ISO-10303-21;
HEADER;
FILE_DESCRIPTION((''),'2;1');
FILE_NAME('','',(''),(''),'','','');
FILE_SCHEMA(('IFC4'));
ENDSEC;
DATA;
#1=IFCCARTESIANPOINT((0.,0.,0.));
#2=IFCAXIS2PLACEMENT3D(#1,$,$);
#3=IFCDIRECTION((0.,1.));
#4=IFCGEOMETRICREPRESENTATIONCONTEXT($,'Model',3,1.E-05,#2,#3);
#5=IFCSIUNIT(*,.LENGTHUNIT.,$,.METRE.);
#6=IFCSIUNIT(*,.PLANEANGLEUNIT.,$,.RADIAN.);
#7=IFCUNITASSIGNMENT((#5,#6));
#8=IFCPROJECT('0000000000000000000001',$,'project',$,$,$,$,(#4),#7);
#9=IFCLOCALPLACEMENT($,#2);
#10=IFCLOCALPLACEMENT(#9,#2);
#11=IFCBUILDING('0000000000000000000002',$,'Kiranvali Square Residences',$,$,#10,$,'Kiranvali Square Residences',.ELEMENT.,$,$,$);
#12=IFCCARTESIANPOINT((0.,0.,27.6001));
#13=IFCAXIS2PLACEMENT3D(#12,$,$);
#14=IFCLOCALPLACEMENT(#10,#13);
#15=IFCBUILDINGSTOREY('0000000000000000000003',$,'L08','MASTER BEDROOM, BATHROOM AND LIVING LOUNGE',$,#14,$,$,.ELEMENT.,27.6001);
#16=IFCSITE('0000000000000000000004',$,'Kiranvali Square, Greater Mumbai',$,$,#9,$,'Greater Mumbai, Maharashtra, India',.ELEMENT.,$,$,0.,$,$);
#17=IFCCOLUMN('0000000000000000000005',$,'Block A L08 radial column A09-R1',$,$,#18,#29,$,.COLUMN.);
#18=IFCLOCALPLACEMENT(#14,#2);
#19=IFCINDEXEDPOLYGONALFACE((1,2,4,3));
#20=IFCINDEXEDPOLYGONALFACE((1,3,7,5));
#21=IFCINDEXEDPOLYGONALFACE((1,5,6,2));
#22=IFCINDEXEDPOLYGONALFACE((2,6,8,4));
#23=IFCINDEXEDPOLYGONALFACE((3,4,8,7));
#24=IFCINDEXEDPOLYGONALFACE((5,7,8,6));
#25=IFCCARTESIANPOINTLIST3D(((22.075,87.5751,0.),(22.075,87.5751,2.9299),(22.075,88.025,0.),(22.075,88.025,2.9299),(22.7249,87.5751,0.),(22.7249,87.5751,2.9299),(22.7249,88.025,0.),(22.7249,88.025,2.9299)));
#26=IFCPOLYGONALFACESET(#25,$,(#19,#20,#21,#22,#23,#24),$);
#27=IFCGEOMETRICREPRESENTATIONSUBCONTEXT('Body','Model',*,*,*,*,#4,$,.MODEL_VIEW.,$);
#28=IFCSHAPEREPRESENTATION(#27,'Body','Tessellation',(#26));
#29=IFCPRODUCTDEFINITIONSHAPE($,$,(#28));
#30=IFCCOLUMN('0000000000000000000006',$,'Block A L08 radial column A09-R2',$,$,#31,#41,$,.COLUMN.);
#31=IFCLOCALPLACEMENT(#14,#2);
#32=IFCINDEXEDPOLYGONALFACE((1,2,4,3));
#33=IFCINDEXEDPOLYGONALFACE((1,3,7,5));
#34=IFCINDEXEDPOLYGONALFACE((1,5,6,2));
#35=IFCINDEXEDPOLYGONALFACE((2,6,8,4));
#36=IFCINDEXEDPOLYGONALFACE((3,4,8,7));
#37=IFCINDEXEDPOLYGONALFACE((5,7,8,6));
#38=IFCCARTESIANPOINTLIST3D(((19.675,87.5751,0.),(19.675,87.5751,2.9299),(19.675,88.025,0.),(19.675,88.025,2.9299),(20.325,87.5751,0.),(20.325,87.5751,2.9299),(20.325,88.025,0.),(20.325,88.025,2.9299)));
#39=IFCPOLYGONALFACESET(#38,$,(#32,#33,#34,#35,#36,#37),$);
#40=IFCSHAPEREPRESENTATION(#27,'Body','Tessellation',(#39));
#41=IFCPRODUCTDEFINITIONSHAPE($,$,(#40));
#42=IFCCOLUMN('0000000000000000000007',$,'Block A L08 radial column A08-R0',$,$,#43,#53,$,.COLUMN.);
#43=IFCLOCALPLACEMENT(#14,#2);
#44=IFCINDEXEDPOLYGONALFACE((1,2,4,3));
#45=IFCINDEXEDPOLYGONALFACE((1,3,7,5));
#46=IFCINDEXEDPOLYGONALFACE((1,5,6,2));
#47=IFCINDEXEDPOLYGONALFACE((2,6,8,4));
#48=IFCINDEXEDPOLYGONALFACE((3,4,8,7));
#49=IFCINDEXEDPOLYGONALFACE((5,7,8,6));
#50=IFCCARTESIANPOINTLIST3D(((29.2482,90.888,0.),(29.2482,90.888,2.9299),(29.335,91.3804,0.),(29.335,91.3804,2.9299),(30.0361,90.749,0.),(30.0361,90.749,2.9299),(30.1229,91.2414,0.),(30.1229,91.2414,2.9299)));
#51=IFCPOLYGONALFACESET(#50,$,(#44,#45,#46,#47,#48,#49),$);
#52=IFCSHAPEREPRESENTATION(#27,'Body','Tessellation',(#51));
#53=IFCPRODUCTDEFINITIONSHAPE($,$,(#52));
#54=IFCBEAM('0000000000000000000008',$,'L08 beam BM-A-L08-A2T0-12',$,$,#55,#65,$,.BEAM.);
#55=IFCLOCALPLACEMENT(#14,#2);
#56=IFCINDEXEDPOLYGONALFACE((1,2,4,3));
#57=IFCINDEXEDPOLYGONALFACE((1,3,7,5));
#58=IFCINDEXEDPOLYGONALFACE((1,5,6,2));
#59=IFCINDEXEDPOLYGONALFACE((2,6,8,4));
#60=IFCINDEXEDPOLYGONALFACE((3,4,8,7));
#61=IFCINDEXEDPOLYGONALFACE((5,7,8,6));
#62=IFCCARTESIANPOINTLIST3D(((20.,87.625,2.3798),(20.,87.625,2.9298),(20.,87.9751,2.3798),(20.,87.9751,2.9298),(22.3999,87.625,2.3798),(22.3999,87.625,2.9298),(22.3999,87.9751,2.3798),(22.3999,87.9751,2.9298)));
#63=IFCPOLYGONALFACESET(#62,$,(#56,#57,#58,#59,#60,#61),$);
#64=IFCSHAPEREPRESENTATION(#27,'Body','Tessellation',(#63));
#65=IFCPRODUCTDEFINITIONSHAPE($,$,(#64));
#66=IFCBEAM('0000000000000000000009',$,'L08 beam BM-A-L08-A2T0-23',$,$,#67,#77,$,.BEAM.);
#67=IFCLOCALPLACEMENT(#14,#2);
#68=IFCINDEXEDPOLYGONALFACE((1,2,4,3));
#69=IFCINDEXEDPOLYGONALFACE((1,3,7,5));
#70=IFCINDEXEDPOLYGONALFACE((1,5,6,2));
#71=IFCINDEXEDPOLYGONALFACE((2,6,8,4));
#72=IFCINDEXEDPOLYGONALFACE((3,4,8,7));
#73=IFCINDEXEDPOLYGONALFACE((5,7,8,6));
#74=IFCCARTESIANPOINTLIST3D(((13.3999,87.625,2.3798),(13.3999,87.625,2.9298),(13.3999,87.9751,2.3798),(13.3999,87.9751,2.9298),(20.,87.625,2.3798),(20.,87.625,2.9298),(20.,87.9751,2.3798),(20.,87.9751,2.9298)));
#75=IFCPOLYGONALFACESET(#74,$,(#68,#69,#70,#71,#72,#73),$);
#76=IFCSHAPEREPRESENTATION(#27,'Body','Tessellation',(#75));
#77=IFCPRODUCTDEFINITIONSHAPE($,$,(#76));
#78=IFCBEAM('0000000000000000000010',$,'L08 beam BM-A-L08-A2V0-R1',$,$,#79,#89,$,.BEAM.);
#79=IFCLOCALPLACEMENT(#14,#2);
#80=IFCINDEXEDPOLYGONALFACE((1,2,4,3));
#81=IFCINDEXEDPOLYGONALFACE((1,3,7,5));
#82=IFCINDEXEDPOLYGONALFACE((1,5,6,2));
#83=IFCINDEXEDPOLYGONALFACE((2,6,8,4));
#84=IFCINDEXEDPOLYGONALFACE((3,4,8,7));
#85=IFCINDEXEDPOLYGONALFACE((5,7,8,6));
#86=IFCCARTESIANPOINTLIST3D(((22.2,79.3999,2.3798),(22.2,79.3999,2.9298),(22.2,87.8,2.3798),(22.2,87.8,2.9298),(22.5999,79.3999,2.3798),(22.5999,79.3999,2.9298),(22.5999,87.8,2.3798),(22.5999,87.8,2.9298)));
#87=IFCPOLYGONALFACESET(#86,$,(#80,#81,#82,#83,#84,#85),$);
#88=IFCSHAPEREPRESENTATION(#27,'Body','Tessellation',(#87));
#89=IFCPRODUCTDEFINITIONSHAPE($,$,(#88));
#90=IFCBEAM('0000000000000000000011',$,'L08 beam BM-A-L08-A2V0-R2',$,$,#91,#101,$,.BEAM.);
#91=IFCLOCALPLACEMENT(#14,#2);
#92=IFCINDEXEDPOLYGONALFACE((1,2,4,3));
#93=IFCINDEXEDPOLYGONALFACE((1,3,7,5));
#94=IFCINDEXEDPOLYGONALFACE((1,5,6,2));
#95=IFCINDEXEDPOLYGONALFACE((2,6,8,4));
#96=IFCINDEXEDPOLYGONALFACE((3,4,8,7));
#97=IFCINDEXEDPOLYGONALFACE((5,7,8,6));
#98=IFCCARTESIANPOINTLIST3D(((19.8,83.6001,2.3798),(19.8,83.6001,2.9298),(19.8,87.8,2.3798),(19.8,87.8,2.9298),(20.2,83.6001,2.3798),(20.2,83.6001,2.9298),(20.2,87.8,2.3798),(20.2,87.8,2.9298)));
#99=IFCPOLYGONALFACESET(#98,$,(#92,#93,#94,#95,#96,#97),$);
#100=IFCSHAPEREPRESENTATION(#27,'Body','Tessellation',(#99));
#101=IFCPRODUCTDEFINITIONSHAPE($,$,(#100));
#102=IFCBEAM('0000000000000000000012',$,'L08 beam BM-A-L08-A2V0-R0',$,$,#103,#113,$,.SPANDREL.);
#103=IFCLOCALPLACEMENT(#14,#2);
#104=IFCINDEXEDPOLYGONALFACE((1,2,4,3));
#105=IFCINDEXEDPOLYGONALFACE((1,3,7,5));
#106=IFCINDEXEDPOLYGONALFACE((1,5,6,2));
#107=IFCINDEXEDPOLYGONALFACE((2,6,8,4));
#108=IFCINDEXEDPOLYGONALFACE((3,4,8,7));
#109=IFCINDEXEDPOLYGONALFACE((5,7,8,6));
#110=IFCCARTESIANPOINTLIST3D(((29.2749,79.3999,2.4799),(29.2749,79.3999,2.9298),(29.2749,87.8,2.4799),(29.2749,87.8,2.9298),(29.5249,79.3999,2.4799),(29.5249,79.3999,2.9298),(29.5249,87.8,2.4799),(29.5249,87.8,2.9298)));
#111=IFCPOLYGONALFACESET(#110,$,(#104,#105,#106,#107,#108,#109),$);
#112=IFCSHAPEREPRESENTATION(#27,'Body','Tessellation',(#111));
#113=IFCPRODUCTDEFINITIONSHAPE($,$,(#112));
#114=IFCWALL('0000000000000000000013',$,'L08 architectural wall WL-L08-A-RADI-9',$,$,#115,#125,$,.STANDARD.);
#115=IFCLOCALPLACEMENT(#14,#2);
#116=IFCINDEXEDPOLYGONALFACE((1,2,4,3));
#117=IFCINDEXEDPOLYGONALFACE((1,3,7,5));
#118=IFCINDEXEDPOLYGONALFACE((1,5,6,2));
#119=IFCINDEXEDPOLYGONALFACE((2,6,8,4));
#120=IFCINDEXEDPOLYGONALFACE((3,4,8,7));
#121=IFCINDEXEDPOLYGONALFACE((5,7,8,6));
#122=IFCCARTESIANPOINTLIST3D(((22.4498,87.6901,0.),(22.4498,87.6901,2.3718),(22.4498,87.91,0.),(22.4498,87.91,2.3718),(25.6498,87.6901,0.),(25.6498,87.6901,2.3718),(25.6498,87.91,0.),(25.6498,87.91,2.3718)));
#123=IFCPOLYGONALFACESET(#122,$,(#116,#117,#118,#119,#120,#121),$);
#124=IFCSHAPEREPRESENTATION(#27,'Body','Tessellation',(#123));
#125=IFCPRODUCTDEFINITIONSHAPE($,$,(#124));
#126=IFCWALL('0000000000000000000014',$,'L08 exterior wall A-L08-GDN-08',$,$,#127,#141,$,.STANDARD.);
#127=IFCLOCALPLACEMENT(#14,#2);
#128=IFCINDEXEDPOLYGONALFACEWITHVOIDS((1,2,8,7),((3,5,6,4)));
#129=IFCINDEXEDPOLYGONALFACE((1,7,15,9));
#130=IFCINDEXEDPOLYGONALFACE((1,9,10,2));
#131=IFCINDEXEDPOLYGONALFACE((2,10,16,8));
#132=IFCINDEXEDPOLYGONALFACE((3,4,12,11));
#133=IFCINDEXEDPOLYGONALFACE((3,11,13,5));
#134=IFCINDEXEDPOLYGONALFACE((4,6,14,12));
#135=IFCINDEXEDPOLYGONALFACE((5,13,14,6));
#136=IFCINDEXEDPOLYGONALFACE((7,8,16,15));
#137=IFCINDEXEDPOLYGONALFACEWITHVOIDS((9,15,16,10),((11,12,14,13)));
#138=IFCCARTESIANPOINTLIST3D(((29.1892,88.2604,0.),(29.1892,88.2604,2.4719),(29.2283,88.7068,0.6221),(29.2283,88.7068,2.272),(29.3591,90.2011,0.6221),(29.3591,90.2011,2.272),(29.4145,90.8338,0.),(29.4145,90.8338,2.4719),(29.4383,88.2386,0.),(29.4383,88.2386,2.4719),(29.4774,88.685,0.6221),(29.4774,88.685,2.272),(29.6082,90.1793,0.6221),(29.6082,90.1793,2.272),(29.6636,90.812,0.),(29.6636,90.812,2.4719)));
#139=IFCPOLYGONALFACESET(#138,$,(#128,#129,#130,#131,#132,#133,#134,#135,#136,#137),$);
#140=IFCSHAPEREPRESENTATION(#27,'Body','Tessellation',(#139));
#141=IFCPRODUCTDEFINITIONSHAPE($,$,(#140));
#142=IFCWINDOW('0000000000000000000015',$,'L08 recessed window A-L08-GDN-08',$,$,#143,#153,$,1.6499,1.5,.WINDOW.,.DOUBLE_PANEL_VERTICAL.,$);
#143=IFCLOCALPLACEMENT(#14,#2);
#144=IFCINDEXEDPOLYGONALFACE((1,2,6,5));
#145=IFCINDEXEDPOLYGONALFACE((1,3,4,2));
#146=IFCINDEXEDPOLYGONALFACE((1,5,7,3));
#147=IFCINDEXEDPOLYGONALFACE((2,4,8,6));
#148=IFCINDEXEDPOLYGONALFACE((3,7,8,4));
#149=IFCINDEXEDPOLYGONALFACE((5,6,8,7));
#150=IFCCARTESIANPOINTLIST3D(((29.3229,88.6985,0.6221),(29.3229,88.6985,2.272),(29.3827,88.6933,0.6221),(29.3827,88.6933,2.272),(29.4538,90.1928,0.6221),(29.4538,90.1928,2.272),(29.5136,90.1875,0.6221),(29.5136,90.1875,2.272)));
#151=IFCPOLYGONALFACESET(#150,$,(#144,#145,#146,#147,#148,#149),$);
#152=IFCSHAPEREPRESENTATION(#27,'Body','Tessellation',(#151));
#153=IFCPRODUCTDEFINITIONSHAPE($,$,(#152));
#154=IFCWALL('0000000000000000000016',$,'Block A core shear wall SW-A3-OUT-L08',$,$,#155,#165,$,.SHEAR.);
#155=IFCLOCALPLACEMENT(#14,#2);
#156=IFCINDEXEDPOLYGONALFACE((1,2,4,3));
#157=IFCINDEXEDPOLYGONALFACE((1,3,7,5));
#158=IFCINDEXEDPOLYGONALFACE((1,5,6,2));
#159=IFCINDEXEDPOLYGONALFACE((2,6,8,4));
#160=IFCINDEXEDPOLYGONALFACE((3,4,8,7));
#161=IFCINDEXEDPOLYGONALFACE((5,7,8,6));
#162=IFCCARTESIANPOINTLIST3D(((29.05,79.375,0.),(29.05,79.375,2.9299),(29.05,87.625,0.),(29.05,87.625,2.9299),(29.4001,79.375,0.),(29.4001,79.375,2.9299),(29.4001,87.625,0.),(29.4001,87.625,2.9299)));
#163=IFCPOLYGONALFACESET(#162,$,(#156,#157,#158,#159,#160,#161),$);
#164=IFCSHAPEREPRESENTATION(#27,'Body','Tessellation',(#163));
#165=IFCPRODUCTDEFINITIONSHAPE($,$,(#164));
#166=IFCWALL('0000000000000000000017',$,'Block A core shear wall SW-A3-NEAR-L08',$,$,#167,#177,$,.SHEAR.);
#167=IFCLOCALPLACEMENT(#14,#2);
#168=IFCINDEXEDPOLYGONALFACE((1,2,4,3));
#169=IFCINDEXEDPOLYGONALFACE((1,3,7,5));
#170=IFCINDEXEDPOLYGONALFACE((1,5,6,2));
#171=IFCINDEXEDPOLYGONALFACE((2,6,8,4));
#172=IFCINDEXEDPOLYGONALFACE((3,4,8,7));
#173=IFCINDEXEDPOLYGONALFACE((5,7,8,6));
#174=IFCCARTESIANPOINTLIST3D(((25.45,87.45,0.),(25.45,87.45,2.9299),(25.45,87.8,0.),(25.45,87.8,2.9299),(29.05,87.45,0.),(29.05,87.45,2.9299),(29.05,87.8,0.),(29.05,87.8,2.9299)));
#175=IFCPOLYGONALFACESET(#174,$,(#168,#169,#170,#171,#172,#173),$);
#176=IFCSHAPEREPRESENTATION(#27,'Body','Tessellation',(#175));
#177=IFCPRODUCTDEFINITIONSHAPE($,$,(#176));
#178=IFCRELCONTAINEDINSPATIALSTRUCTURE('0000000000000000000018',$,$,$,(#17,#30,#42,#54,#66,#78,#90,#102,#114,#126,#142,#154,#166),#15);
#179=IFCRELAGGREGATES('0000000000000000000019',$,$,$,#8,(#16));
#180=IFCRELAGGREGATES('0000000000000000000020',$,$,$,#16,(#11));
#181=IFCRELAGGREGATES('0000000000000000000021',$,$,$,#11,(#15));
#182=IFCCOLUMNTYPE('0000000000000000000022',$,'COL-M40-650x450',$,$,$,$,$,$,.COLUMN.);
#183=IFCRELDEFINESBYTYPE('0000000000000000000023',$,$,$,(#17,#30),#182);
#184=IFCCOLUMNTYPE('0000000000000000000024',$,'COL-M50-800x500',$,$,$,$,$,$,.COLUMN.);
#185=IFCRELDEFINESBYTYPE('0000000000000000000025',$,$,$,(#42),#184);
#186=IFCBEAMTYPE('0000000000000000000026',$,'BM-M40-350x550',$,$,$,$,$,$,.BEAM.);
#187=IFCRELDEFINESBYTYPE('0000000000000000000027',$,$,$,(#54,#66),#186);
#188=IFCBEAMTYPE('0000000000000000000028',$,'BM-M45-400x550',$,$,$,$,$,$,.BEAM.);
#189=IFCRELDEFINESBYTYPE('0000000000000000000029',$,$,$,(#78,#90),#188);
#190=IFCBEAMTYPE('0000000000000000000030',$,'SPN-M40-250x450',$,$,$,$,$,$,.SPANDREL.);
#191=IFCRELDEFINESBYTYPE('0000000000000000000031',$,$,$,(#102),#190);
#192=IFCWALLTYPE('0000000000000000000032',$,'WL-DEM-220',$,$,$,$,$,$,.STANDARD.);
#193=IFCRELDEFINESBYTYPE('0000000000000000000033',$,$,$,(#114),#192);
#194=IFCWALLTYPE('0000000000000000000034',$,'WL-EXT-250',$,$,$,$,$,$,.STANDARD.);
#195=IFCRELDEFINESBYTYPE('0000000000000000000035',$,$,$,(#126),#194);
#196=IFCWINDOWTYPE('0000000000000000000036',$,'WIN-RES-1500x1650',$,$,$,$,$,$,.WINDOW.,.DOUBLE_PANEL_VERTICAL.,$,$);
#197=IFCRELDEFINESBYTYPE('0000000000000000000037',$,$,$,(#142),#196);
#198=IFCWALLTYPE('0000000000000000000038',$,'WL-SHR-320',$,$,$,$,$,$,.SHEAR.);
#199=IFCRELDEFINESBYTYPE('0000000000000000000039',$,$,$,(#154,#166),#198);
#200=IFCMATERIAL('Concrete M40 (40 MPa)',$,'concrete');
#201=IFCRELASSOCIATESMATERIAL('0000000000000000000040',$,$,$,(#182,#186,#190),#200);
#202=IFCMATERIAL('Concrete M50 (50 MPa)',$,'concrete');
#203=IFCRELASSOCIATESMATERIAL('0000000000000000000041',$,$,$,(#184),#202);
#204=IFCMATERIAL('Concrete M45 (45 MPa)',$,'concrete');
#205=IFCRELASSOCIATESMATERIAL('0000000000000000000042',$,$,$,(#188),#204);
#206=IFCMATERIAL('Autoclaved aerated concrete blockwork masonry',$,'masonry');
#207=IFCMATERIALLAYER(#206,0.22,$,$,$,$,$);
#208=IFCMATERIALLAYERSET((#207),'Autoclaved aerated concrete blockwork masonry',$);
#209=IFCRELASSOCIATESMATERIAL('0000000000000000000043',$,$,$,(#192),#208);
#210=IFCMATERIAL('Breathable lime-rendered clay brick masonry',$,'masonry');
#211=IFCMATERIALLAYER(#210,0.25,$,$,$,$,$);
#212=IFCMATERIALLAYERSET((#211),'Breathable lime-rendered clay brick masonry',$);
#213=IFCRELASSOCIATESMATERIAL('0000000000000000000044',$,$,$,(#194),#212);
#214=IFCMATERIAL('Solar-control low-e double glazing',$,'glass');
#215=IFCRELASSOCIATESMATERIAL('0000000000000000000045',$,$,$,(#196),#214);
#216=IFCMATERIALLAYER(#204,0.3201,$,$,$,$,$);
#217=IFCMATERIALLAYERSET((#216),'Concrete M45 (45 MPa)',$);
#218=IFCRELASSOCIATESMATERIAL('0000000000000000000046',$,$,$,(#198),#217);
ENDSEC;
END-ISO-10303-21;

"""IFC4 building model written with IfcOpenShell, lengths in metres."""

from ifc_helpers import new_model, si_unit, direction, frame, frame_2d, origin, origin_2d, place, context, subcontext, project, spatial, rectangle, extrude, material, layer, layer_set, material_profile, profile_set, type_object, element, fill, save


model = new_model("IFC4")

# Units and contexts
model_context = context("Model", 3, precision=1e-05, world=origin(), true_north=direction((0.0, 1.0)))
body_context = subcontext(model_context, "Body", "Model", "MODEL_VIEW")
ifc_project = project(units=[si_unit("LENGTHUNIT", "METRE"), si_unit("PLANEANGLEUNIT", "RADIAN")], contexts=[model_context])

# Site, building, storey
site_placement = place(None, origin())
site = spatial("IfcSite", under=ifc_project, at=site_placement, Name="Kiranvali Square, Greater Mumbai", LongName="Greater Mumbai, Maharashtra, India", CompositionType="ELEMENT", RefElevation=0.0)
building_placement = place(site_placement, origin())
building = spatial("IfcBuilding", under=site, at=building_placement, Name="Kiranvali Square Residences", LongName="Kiranvali Square Residences", CompositionType="ELEMENT")
storey_placement = place(building_placement, frame((0.0, 0.0, 27.6001)))
storey = spatial("IfcBuildingStorey", under=building, at=storey_placement, Name="L08", Description="MASTER BEDROOM, BATHROOM AND LIVING LOUNGE", CompositionType="ELEMENT", Elevation=27.6001)

# Columns
ifc_material_1 = material(Name="Concrete M40 (40 MPa)", Category="concrete")
ifc_material_profile_1 = material_profile(ifc_material_1, rectangle(XDim=0.45, YDim=0.6499, at=origin_2d()), Name="RC 650x450")
ifc_profile_set_1 = profile_set([ifc_material_profile_1], Name="Concrete M40 (40 MPa)")
column_type_1 = type_object("IfcColumnType", Name="COL-M40-650x450", PredefinedType="COLUMN", material=ifc_profile_set_1)
for number, where, z_axis, x_axis, name in (
    (1, (22.3999, 87.8, 0.0), (0.0, 0.0, 1.0), (0.0, 1.0, 0.0), "Block A L08 radial column A09-R1"),
    (2, (20.0, 87.8, 0.0), (0.0, 0.0, 1.0), (0.0, 1.0, 0.0), "Block A L08 radial column A09-R2"),
):
    element("IfcColumn", number, at=place(storey_placement, frame(where, z_axis=z_axis, x_axis=x_axis)), inside=storey, type_object=column_type_1, Name=name, PredefinedType="COLUMN", context=body_context, shape_type="SweptSolid", body=[
        extrude(rectangle(XDim=0.45, YDim=0.6499, at=origin_2d()), origin(), (0.0, 0.0, 1.0), 2.9299),
    ])
ifc_material_2 = material(Name="Concrete M50 (50 MPa)", Category="concrete")
ifc_material_profile_2 = material_profile(ifc_material_2, rectangle(XDim=0.5, YDim=0.8, at=origin_2d()), Name="RC 800x500")
ifc_profile_set_2 = profile_set([ifc_material_profile_2], Name="Concrete M50 (50 MPa)")
column_type_2 = type_object("IfcColumnType", Name="COL-M50-800x500", PredefinedType="COLUMN", material=ifc_profile_set_2)
column_placement = place(storey_placement, frame((29.6855, 91.0647, 0.0), z_axis=(0.0, 0.0, 1.0), x_axis=(0.173648, 0.984808, 0.0)))
element("IfcColumn", 3, at=column_placement, inside=storey, type_object=column_type_2, Name="Block A L08 radial column A08-R0", PredefinedType="COLUMN", context=body_context, shape_type="SweptSolid", body=[
    extrude(rectangle(XDim=0.5, YDim=0.8, at=origin_2d()), origin(), (0.0, 0.0, 1.0), 2.9299),
])

# Beams
ifc_material_profile_3 = material_profile(ifc_material_1, rectangle(XDim=0.3501, YDim=0.55, at=origin_2d()), Name="RC 350x550")
ifc_profile_set_3 = profile_set([ifc_material_profile_3], Name="Concrete M40 (40 MPa)")
beam_type_1 = type_object("IfcBeamType", Name="BM-M40-350x550", PredefinedType="BEAM", material=ifc_profile_set_3)
beam_1_placement = place(storey_placement, frame((22.3999, 87.8, 2.6548), z_axis=(-1.0, 0.0, 0.0), x_axis=(0.0, -1.0, 0.0)))
element("IfcBeam", 4, at=beam_1_placement, inside=storey, type_object=beam_type_1, Name="L08 beam BM-A-L08-A2T0-12", PredefinedType="BEAM", context=body_context, shape_type="SweptSolid", body=[
    extrude(rectangle(XDim=0.3501, YDim=0.55, at=origin_2d()), origin(), (0.0, 0.0, 1.0), 2.3999),
])
beam_2_placement = place(storey_placement, frame((20.0, 87.8, 2.6548), z_axis=(-1.0, 0.0, 0.0), x_axis=(0.0, -1.0, 0.0)))
element("IfcBeam", 5, at=beam_2_placement, inside=storey, type_object=beam_type_1, Name="L08 beam BM-A-L08-A2T0-23", PredefinedType="BEAM", context=body_context, shape_type="SweptSolid", body=[
    extrude(rectangle(XDim=0.3501, YDim=0.55, at=origin_2d()), origin(), (0.0, 0.0, 1.0), 6.6001),
])
ifc_material_3 = material(Name="Concrete M45 (45 MPa)", Category="concrete")
ifc_material_profile_4 = material_profile(ifc_material_3, rectangle(XDim=0.3999, YDim=0.55, at=origin_2d()), Name="RC 400x550")
ifc_profile_set_4 = profile_set([ifc_material_profile_4], Name="Concrete M45 (45 MPa)")
beam_type_2 = type_object("IfcBeamType", Name="BM-M45-400x550", PredefinedType="BEAM", material=ifc_profile_set_4)
beam_3_placement = place(storey_placement, frame((22.3999, 87.8, 2.6548), z_axis=(0.0, -1.0, 0.0), x_axis=(1.0, 0.0, 0.0)))
element("IfcBeam", 6, at=beam_3_placement, inside=storey, type_object=beam_type_2, Name="L08 beam BM-A-L08-A2V0-R1", PredefinedType="BEAM", context=body_context, shape_type="SweptSolid", body=[
    extrude(rectangle(XDim=0.3999, YDim=0.55, at=origin_2d()), origin(), (0.0, 0.0, 1.0), 8.4001),
])
beam_4_placement = place(storey_placement, frame((20.0, 87.8, 2.6548), z_axis=(0.0, -1.0, 0.0), x_axis=(1.0, 0.0, 0.0)))
element("IfcBeam", 7, at=beam_4_placement, inside=storey, type_object=beam_type_2, Name="L08 beam BM-A-L08-A2V0-R2", PredefinedType="BEAM", context=body_context, shape_type="SweptSolid", body=[
    extrude(rectangle(XDim=0.3999, YDim=0.55, at=origin_2d()), origin(), (0.0, 0.0, 1.0), 4.2),
])
ifc_material_profile_5 = material_profile(ifc_material_1, rectangle(XDim=0.25, YDim=0.45, at=origin_2d()), Name="RC 250x450")
ifc_profile_set_5 = profile_set([ifc_material_profile_5], Name="Concrete M40 (40 MPa)")
beam_type_3 = type_object("IfcBeamType", Name="SPN-M40-250x450", PredefinedType="SPANDREL", material=ifc_profile_set_5)
beam_5_placement = place(storey_placement, frame((29.3999, 87.8, 2.7048), z_axis=(0.0, -1.0, 0.0), x_axis=(1.0, 0.0, 0.0)))
element("IfcBeam", 8, at=beam_5_placement, inside=storey, type_object=beam_type_3, Name="L08 beam BM-A-L08-A2V0-R0", PredefinedType="SPANDREL", context=body_context, shape_type="SweptSolid", body=[
    extrude(rectangle(XDim=0.25, YDim=0.45, at=origin_2d()), origin(), (0.0, 0.0, 1.0), 8.4001),
])

# Shared definitions
ifc_material_4 = material(Name="Autoclaved aerated concrete blockwork masonry", Category="masonry")

# Wall
ifc_layer_1 = layer(ifc_material_4, 0.22)
ifc_layer_set_1 = layer_set([ifc_layer_1], Name="Autoclaved aerated concrete blockwork masonry")
wall_type_1 = type_object("IfcWallType", Name="WL-DEM-220", PredefinedType="STANDARD", material=ifc_layer_set_1)
wall_1_placement = place(storey_placement, frame((25.6499, 87.8, 0.0), z_axis=(0.0, 0.0, 1.0), x_axis=(-1.0, 0.0, 0.0)))
element("IfcWall", 9, at=wall_1_placement, inside=storey, type_object=wall_type_1, Name="L08 architectural wall WL-L08-A-RADI-9", PredefinedType="STANDARD", context=body_context, shape_type="SweptSolid", body=[
    extrude(rectangle(XDim=3.2, YDim=0.22, at=frame_2d((1.6001, 0.0))), origin(), (0.0, 0.0, 1.0), 2.3718),
])

# Wall, opening, window
ifc_material_5 = material(Name="Breathable lime-rendered clay brick masonry", Category="masonry")
ifc_layer_2 = layer(ifc_material_5, 0.25)
ifc_layer_set_2 = layer_set([ifc_layer_2], Name="Breathable lime-rendered clay brick masonry")
wall_type_2 = type_object("IfcWallType", Name="WL-EXT-250", PredefinedType="STANDARD", material=ifc_layer_set_2)
wall_2_placement = place(storey_placement, frame((29.5391, 90.8228, 0.0), z_axis=(0.0, 0.0, 1.0), x_axis=(-0.087229, -0.996188, 0.0)))
wall_2 = element("IfcWall", 10, at=wall_2_placement, inside=storey, type_object=wall_type_2, Name="L08 exterior wall A-L08-GDN-08", PredefinedType="STANDARD", context=body_context, shape_type="SweptSolid", body=[
    extrude(rectangle(XDim=2.5833, YDim=0.25, at=frame_2d((1.2915, 0.0))), origin(), (0.0, 0.0, 1.0), 2.4719),
])
opening_1_placement = place(wall_2_placement, frame((0.635, 0.0, 0.6221)))
opening_1 = element("IfcOpeningElement", 11, at=opening_1_placement, cuts=wall_2, PredefinedType="OPENING", context=body_context, shape_type="SweptSolid", body=[
    extrude(rectangle(XDim=1.5, YDim=1.6499, at=frame_2d((0.75, 0.825))), frame((0.0, 0.135, 0.0), z_axis=(0.0, -1.0, 0.0), x_axis=(1.0, 0.0, 0.0)), (0.0, 0.0, 1.0), 0.27),
])
ifc_material_6 = material(Name="Solar-control low-e double glazing", Category="glass")
window_type = type_object("IfcWindowType", Name="WIN-RES-1500x1650", PartitioningType="DOUBLE_PANEL_VERTICAL", PredefinedType="WINDOW", material=ifc_material_6)
window_placement = place(opening_1_placement, origin())
window = element("IfcWindow", 12, at=window_placement, inside=storey, type_object=window_type, Name="L08 recessed window A-L08-GDN-08", OverallHeight=1.6499, OverallWidth=1.5, PartitioningType="DOUBLE_PANEL_VERTICAL", PredefinedType="WINDOW", context=body_context, shape_type="SweptSolid", body=[
    extrude(rectangle(XDim=1.5, YDim=1.6499, at=frame_2d((0.75, 0.825))), frame((0.0, 0.03, 0.0), z_axis=(0.0, -1.0, 0.0), x_axis=(1.0, 0.0, 0.0)), (0.0, 0.0, 1.0), 0.0601),
])
fill(opening_1, window)

# Wall
ifc_layer_3 = layer(ifc_material_3, 0.3201)
ifc_layer_set_3 = layer_set([ifc_layer_3], Name="Concrete M45 (45 MPa)")
wall_type_3 = type_object("IfcWallType", Name="WL-SHR-320", PredefinedType="SHEAR", material=ifc_layer_set_3)
wall_3_placement = place(storey_placement, frame((29.2251, 87.625, 0.0), z_axis=(0.0, 0.0, 1.0), x_axis=(0.0, -1.0, 0.0)))
element("IfcWall", 13, at=wall_3_placement, inside=storey, type_object=wall_type_3, Name="Block A core shear wall SW-A3-OUT-L08", PredefinedType="SHEAR", context=body_context, shape_type="SweptSolid", body=[
    extrude(rectangle(XDim=8.25, YDim=0.3501, at=frame_2d((4.125, 0.0))), origin(), (0.0, 0.0, 1.0), 2.9299),
])

# Wall
wall_4_placement = place(storey_placement, frame((29.05, 87.625, 0.0), z_axis=(0.0, 0.0, 1.0), x_axis=(-1.0, 0.0, 0.0)))
element("IfcWall", 14, at=wall_4_placement, inside=storey, type_object=wall_type_3, Name="Block A core shear wall SW-A3-NEAR-L08", PredefinedType="SHEAR", context=body_context, shape_type="SweptSolid", body=[
    extrude(rectangle(XDim=3.6001, YDim=0.3501, at=frame_2d((1.8, 0.0))), origin(), (0.0, 0.0, 1.0), 2.9299),
])

save(model, "model.ifc")
